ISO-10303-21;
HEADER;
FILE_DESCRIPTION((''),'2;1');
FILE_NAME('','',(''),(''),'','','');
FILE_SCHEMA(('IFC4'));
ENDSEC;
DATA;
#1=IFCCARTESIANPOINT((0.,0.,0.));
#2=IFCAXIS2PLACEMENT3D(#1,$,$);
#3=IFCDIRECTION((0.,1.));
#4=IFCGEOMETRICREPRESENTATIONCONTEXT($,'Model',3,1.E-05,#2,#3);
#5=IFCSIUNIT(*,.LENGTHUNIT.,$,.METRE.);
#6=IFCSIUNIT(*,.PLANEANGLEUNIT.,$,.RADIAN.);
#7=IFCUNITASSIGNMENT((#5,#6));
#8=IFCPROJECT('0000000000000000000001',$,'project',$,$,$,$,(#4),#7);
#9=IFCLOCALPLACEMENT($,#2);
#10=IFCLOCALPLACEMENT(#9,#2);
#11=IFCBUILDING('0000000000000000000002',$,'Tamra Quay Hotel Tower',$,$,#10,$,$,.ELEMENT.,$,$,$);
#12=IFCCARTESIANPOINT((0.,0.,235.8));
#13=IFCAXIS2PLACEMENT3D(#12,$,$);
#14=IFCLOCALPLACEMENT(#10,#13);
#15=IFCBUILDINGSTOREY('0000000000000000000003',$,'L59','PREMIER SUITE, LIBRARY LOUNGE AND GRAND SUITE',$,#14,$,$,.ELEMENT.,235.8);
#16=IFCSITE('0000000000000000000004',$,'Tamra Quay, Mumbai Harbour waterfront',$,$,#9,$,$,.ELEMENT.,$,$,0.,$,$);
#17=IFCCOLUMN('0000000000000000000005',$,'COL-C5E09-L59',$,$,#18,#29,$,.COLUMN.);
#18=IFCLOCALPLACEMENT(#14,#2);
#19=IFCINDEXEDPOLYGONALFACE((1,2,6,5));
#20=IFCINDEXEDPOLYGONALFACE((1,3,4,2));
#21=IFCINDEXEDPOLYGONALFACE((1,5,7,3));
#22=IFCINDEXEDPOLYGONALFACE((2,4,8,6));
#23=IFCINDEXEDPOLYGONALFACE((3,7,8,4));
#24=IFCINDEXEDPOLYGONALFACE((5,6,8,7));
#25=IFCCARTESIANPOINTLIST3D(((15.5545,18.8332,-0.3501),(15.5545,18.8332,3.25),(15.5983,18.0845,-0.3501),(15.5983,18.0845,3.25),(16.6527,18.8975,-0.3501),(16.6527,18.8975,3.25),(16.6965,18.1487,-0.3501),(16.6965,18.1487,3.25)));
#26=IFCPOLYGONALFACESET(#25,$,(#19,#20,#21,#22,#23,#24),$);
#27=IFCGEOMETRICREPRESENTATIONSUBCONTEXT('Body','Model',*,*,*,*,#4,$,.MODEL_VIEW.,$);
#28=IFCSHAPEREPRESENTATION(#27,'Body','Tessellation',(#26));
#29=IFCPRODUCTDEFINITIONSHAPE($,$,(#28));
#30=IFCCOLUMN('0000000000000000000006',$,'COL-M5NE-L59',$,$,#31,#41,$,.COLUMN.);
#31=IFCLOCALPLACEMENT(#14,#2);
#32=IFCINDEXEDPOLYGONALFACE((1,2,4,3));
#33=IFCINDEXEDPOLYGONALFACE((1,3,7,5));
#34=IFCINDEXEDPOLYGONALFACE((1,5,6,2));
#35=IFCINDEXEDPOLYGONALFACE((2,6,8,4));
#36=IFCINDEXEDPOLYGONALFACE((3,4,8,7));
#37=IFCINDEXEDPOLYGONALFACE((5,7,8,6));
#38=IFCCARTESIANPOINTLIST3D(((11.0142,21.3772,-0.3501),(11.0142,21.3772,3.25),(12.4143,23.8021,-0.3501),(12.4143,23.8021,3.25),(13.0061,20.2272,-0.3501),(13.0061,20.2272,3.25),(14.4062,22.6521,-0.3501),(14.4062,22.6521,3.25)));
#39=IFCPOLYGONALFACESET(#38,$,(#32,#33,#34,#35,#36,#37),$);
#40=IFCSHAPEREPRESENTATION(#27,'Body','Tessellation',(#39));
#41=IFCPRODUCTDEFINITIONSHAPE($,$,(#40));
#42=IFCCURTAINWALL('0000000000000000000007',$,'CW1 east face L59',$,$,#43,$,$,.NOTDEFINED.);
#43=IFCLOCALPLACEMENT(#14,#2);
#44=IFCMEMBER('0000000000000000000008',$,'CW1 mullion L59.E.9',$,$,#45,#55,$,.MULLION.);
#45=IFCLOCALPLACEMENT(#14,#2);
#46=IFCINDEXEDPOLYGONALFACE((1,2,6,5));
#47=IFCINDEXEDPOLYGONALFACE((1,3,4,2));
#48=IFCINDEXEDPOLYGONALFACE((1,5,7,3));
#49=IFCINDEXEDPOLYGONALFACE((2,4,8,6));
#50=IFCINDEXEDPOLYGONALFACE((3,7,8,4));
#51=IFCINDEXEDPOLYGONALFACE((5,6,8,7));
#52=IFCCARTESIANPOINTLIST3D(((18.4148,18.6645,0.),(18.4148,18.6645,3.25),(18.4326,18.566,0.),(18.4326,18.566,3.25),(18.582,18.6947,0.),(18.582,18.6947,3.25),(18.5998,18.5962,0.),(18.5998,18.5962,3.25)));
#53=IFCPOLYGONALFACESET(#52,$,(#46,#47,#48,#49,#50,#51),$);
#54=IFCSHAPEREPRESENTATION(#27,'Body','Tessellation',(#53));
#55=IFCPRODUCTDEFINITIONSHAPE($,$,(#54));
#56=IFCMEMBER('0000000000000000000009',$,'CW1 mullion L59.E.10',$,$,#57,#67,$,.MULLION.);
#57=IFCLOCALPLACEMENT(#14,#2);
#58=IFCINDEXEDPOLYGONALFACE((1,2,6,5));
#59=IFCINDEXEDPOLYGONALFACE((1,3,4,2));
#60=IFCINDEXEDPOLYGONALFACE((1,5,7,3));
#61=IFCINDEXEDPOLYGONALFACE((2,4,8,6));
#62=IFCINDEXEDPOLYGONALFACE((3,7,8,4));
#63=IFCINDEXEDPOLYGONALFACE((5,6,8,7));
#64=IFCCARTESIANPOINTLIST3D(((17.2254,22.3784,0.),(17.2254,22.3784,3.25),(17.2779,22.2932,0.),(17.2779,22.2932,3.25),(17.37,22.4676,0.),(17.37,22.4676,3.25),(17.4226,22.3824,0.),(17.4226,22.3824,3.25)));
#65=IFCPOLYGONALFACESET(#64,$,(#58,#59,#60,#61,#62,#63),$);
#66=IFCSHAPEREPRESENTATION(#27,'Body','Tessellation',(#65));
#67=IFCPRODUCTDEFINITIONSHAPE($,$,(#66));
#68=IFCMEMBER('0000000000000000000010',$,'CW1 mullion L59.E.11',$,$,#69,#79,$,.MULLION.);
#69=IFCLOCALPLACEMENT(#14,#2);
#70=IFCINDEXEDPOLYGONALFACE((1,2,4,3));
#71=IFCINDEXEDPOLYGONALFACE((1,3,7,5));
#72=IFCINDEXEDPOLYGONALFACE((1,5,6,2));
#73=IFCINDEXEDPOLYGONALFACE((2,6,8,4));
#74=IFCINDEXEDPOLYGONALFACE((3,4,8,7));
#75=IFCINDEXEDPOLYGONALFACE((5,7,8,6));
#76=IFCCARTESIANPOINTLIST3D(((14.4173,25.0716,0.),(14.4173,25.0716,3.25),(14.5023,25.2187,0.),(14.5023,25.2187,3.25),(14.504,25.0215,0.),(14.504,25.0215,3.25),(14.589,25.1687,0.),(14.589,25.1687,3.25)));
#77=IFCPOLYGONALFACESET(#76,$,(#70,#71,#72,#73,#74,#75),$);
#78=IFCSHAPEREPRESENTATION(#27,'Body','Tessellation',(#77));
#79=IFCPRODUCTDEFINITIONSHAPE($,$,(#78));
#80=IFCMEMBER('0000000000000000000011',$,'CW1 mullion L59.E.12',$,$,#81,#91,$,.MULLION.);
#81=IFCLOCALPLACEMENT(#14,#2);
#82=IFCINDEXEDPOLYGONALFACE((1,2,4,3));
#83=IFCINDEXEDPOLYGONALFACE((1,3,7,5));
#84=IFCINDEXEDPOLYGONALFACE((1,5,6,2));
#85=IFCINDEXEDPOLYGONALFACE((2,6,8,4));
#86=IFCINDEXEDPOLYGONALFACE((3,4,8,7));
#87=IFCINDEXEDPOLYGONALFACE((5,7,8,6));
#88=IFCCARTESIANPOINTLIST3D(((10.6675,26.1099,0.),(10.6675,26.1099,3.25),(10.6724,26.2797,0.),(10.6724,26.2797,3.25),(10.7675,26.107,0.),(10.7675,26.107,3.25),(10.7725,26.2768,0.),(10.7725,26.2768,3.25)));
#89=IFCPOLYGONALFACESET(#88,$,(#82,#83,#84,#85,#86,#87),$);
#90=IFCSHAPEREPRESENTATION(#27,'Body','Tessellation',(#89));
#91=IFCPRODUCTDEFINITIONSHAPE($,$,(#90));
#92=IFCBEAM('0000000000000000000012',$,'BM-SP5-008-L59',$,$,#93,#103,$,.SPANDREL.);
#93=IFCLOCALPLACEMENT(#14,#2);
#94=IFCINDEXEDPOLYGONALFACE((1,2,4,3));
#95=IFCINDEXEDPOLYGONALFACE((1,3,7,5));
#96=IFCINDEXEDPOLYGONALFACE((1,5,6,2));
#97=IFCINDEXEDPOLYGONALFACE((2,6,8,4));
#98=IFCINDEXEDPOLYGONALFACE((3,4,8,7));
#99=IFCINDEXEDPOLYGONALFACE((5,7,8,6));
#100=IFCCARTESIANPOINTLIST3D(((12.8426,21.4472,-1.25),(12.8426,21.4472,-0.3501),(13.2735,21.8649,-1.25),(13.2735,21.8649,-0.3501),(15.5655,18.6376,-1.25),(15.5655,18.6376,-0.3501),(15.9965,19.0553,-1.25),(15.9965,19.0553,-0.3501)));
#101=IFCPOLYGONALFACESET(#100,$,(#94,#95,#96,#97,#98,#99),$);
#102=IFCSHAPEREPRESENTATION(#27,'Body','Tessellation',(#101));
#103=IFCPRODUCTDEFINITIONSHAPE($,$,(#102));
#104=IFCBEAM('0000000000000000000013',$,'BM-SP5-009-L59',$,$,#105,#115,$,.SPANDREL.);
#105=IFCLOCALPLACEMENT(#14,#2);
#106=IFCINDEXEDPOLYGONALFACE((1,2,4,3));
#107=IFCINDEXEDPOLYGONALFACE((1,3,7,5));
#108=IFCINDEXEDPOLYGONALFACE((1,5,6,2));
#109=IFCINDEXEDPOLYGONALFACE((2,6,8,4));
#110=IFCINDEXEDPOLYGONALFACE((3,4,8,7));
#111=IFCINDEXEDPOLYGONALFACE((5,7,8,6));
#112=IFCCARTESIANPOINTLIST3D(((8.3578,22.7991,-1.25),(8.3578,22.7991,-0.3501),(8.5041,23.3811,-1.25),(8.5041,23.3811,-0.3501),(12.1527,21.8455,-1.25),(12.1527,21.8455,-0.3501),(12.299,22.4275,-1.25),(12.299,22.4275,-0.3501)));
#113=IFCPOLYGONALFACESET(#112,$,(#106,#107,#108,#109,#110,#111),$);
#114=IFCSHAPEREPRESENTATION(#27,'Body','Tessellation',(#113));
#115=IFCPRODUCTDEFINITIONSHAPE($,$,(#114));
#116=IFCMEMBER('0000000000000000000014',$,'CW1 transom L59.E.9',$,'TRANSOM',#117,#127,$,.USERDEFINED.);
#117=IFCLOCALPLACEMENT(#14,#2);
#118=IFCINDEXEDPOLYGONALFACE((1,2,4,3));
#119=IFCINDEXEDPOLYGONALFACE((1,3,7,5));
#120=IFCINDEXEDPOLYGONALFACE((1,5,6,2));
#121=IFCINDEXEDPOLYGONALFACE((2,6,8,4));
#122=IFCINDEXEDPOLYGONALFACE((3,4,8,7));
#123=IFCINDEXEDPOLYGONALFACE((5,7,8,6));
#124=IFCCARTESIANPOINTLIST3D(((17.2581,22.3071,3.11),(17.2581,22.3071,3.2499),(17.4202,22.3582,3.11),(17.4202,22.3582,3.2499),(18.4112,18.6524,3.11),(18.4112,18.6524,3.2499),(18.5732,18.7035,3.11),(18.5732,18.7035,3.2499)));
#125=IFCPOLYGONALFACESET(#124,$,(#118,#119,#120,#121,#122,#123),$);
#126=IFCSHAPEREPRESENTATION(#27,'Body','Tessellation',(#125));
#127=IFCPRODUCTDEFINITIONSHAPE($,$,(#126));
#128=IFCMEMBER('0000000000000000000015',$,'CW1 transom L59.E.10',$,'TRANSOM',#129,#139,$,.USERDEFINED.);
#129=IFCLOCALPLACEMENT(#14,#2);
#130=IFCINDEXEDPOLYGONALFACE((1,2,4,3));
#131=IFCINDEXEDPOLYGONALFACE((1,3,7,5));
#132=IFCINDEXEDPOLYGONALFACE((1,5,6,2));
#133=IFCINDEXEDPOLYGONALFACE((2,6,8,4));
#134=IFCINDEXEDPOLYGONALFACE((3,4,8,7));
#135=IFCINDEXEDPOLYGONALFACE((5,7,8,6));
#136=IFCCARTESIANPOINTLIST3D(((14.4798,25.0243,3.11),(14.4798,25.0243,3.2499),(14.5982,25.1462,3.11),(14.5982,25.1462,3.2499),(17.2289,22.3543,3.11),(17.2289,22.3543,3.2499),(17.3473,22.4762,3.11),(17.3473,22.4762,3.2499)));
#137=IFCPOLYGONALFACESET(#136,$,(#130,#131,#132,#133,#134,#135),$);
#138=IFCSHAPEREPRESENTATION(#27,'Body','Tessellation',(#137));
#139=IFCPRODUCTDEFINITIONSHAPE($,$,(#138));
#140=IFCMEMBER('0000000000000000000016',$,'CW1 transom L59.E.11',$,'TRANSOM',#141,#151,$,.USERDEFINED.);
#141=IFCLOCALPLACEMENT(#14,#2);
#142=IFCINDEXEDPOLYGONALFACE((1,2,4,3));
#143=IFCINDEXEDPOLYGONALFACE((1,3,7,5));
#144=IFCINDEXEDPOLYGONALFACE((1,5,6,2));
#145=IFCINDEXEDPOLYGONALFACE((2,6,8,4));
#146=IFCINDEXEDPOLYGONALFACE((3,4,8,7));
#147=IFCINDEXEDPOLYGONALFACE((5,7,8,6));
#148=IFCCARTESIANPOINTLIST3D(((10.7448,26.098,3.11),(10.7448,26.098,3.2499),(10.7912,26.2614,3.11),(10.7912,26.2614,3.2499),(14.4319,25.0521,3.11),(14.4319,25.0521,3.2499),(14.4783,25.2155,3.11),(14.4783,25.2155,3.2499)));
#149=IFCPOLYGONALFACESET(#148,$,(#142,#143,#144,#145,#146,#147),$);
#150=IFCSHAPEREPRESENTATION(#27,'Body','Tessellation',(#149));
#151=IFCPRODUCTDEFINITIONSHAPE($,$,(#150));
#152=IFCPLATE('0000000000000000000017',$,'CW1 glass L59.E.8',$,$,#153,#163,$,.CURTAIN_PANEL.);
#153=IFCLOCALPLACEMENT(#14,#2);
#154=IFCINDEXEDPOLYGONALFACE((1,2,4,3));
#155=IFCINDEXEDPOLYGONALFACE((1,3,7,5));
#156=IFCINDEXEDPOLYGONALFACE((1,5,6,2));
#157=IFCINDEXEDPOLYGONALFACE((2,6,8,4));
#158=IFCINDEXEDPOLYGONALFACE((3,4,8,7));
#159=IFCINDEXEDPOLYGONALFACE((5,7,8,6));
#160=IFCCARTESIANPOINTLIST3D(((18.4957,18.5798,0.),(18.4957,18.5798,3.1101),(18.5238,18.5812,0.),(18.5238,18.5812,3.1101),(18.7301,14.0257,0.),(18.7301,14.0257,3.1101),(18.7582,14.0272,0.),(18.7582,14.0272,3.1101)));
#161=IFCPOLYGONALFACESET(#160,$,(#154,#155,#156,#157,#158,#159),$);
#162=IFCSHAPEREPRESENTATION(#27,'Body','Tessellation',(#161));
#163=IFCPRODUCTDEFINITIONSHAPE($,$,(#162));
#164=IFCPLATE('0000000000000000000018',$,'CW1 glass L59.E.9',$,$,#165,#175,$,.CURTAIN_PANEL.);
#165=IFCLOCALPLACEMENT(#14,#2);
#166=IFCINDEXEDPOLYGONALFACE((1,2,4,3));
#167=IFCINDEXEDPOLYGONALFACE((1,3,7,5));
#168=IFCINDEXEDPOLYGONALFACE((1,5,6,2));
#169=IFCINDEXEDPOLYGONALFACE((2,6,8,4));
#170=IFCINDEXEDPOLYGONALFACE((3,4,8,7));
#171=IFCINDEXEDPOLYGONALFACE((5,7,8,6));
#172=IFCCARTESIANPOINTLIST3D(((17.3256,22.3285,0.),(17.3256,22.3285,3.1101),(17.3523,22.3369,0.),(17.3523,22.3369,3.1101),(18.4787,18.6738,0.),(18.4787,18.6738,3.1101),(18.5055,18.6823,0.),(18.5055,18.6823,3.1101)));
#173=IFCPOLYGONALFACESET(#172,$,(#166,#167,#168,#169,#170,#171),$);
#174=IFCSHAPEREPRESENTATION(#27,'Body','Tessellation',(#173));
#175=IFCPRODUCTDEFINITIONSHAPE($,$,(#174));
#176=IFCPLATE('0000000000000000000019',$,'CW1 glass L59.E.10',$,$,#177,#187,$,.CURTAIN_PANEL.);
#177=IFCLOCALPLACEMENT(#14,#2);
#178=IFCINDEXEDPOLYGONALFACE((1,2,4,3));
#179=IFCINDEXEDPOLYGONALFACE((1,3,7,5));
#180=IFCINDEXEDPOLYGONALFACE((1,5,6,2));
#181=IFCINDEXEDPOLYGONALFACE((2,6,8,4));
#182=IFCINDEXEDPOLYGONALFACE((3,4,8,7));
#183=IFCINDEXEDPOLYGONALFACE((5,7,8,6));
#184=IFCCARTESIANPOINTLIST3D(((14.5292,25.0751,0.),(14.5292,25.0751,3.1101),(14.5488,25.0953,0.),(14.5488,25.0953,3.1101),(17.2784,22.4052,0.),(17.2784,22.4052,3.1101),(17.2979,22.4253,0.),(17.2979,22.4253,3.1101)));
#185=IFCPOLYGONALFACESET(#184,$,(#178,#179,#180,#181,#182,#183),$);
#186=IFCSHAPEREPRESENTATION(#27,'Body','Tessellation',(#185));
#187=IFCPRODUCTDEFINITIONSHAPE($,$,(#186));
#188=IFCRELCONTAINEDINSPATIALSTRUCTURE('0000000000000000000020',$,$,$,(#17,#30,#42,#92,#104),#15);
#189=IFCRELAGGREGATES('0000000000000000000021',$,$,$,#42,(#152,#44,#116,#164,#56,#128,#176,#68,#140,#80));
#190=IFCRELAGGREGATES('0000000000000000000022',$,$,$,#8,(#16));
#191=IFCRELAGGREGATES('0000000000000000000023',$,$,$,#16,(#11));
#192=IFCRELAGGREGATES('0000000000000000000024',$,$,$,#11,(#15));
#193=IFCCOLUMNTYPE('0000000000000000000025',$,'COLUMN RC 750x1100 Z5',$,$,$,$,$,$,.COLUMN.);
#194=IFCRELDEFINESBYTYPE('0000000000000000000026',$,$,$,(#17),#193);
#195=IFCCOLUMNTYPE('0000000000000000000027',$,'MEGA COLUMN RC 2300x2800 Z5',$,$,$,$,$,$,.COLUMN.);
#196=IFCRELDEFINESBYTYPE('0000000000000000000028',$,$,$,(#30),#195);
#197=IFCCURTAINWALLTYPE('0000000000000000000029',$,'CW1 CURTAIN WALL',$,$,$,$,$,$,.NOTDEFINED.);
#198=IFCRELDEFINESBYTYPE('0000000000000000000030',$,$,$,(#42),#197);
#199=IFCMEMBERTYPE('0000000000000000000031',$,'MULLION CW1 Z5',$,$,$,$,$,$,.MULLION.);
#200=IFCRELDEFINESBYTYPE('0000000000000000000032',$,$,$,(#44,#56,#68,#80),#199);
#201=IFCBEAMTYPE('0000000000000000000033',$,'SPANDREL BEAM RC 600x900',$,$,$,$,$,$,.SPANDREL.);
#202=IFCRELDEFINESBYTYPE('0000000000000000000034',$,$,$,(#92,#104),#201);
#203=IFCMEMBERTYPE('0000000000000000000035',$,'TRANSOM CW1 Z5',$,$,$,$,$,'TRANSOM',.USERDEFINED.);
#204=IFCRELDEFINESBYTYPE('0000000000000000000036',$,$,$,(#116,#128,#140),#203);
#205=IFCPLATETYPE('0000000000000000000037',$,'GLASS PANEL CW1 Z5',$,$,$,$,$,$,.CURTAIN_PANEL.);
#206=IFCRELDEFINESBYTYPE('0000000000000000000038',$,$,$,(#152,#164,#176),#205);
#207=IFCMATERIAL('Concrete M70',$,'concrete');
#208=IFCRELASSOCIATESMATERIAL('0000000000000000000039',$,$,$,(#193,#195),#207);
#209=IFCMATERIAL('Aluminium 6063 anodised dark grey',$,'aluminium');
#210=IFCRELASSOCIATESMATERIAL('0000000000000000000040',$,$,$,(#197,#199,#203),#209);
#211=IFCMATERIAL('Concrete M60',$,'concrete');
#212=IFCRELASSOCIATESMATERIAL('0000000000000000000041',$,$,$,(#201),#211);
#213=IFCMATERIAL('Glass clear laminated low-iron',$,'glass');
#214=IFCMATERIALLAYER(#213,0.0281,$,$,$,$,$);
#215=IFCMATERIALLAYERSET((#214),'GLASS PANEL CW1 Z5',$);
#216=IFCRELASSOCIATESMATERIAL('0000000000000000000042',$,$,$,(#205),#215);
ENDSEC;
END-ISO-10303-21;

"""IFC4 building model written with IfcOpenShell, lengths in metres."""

from ifc_helpers import new_model, si_unit, direction, frame, origin, origin_2d, place, context, subcontext, project, spatial, rectangle, extrude, material, layer, layer_set, material_profile, profile_set, type_object, element, aggregate, save


model = new_model("IFC4")

# Units and contexts
model_context = context("Model", 3, precision=1e-05, world=origin(), true_north=direction((0.0, 1.0)))
body_context = subcontext(model_context, "Body", "Model", "MODEL_VIEW")
ifc_project = project(units=[si_unit("LENGTHUNIT", "METRE"), si_unit("PLANEANGLEUNIT", "RADIAN")], contexts=[model_context])

# Site, building, storey
site_placement = place(None, origin())
site = spatial("IfcSite", under=ifc_project, at=site_placement, Name="Tamra Quay, Mumbai Harbour waterfront", CompositionType="ELEMENT", RefElevation=0.0)
building_placement = place(site_placement, origin())
building = spatial("IfcBuilding", under=site, at=building_placement, Name="Tamra Quay Hotel Tower", CompositionType="ELEMENT")
storey_placement = place(building_placement, frame((0.0, 0.0, 235.8)))
storey = spatial("IfcBuildingStorey", under=building, at=storey_placement, Name="L59", Description="PREMIER SUITE, LIBRARY LOUNGE AND GRAND SUITE", CompositionType="ELEMENT", Elevation=235.8)

# Columns
ifc_material_1 = material(Name="Concrete M70", Category="concrete")
ifc_material_profile_1 = material_profile(ifc_material_1, rectangle(XDim=1.1001, YDim=0.75, at=origin_2d()), Name="COLUMN RC 750x1100 Z5")
ifc_profile_set_1 = profile_set([ifc_material_profile_1], Name="Concrete M70")
column_type_1 = type_object("IfcColumnType", Name="COLUMN RC 750x1100 Z5", PredefinedType="COLUMN", material=ifc_profile_set_1)
column_1_placement = place(storey_placement, frame((16.1255, 18.491, -0.3501), z_axis=(0.0, 0.0, 1.0), x_axis=(0.998292, 0.05842, 0.0)))
element("IfcColumn", 1, at=column_1_placement, inside=storey, type_object=column_type_1, Name="COL-C5E09-L59", PredefinedType="COLUMN", context=body_context, shape_type="SweptSolid", body=[
    extrude(rectangle(XDim=1.1001, YDim=0.75, at=origin_2d()), origin(), (0.0, 0.0, 1.0), 3.6001),
])
ifc_material_profile_2 = material_profile(ifc_material_1, rectangle(XDim=2.8, YDim=2.3, at=origin_2d()), Name="MEGA COLUMN RC 2300x2800 Z5")
ifc_profile_set_2 = profile_set([ifc_material_profile_2], Name="Concrete M70")
column_type_2 = type_object("IfcColumnType", Name="MEGA COLUMN RC 2300x2800 Z5", PredefinedType="COLUMN", material=ifc_profile_set_2)
column_2_placement = place(storey_placement, frame((12.7102, 22.0146, -0.3501), z_axis=(0.0, 0.0, 1.0), x_axis=(0.5, 0.866025, 0.0)))
element("IfcColumn", 2, at=column_2_placement, inside=storey, type_object=column_type_2, Name="COL-M5NE-L59", PredefinedType="COLUMN", context=body_context, shape_type="SweptSolid", body=[
    extrude(rectangle(XDim=2.8, YDim=2.3, at=origin_2d()), origin(), (0.0, 0.0, 1.0), 3.6001),
])

# Curtain wall, members
ifc_material_2 = material(Name="Aluminium 6063 anodised dark grey", Category="aluminium")
curtain_wall_type = type_object("IfcCurtainWallType", Name="CW1 CURTAIN WALL", PredefinedType="NOTDEFINED", material=ifc_material_2)
curtain_wall_placement = place(storey_placement, origin())
curtain_wall = element("IfcCurtainWall", 3, at=curtain_wall_placement, inside=storey, type_object=curtain_wall_type, Name="CW1 east face L59", PredefinedType="NOTDEFINED")
ifc_material_profile_3 = material_profile(ifc_material_2, rectangle(XDim=0.1699, YDim=0.1001, at=origin_2d()), Name="MULLION 100X170")
ifc_profile_set_3 = profile_set([ifc_material_profile_3], Name="Aluminium 6063 anodised dark grey")
member_type_1 = type_object("IfcMemberType", Name="MULLION CW1 Z5", PredefinedType="MULLION", material=ifc_profile_set_3)
member_1_placement = place(storey_placement, frame((18.5073, 18.6304, 0.0), z_axis=(0.0, 0.0, 1.0), x_axis=(0.984105, 0.177586, 0.0)))
member_1 = element("IfcMember", 4, at=member_1_placement, type_object=member_type_1, Name="CW1 mullion L59.E.9", PredefinedType="MULLION", context=body_context, shape_type="SweptSolid", body=[
    extrude(rectangle(XDim=0.1699, YDim=0.1001, at=origin_2d()), origin(), (0.0, 0.0, 1.0), 3.25),
])
member_2_placement = place(storey_placement, frame((17.324, 22.3804, 0.0), z_axis=(0.0, 0.0, 1.0), x_axis=(0.851044, 0.525094, 0.0)))
member_2 = element("IfcMember", 5, at=member_2_placement, type_object=member_type_1, Name="CW1 mullion L59.E.10", PredefinedType="MULLION", context=body_context, shape_type="SweptSolid", body=[
    extrude(rectangle(XDim=0.1699, YDim=0.1001, at=origin_2d()), origin(), (0.0, 0.0, 1.0), 3.25),
])
member_3_placement = place(storey_placement, frame((14.5032, 25.1201, 0.0), z_axis=(0.0, 0.0, 1.0), x_axis=(0.5, 0.866025, 0.0)))
member_3 = element("IfcMember", 6, at=member_3_placement, type_object=member_type_1, Name="CW1 mullion L59.E.11", PredefinedType="MULLION", context=body_context, shape_type="SweptSolid", body=[
    extrude(rectangle(XDim=0.1699, YDim=0.1001, at=origin_2d()), origin(), (0.0, 0.0, 1.0), 3.25),
])
member_4_placement = place(storey_placement, frame((10.72, 26.1934, 0.0), z_axis=(0.0, 0.0, 1.0), x_axis=(0.029223, 0.999573, 0.0)))
member_4 = element("IfcMember", 7, at=member_4_placement, type_object=member_type_1, Name="CW1 mullion L59.E.12", PredefinedType="MULLION", context=body_context, shape_type="SweptSolid", body=[
    extrude(rectangle(XDim=0.1699, YDim=0.1001, at=origin_2d()), origin(), (0.0, 0.0, 1.0), 3.25),
])

# Beams
ifc_material_3 = material(Name="Concrete M60", Category="concrete")
ifc_material_profile_4 = material_profile(ifc_material_3, rectangle(XDim=0.6001, YDim=0.8999, at=origin_2d()), Name="SPANDREL BEAM RC 600x900")
ifc_profile_set_4 = profile_set([ifc_material_profile_4], Name="Concrete M60")
beam_type = type_object("IfcBeamType", Name="SPANDREL BEAM RC 600x900", PredefinedType="SPANDREL", material=ifc_profile_set_4)
beam_1_placement = place(storey_placement, frame((15.781, 18.8464, -0.8), z_axis=(-0.695944, 0.718096, 0.0), x_axis=(-0.718096, -0.695944, 0.0)))
element("IfcBeam", 8, at=beam_1_placement, inside=storey, type_object=beam_type, Name="BM-SP5-008-L59", PredefinedType="SPANDREL", context=body_context, shape_type="SweptSolid", body=[
    extrude(rectangle(XDim=0.6001, YDim=0.8999, at=origin_2d()), origin(), (0.0, 0.0, 1.0), 3.9126),
])
beam_2_placement = place(storey_placement, frame((12.2258, 22.1365, -0.8), z_axis=(-0.969848, 0.24371, 0.0), x_axis=(-0.24371, -0.969848, 0.0)))
element("IfcBeam", 9, at=beam_2_placement, inside=storey, type_object=beam_type, Name="BM-SP5-009-L59", PredefinedType="SPANDREL", context=body_context, shape_type="SweptSolid", body=[
    extrude(rectangle(XDim=0.6001, YDim=0.8999, at=origin_2d()), origin(), (0.0, 0.0, 1.0), 3.9128),
])

# Members
ifc_material_profile_5 = material_profile(ifc_material_2, rectangle(XDim=0.1699, YDim=0.1399, at=origin_2d()), Name="TRANSOM 170X140")
ifc_profile_set_5 = profile_set([ifc_material_profile_5], Name="Aluminium 6063 anodised dark grey")
member_type_2 = type_object("IfcMemberType", Name="TRANSOM CW1 Z5", ElementType="TRANSOM", PredefinedType="USERDEFINED", material=ifc_profile_set_5)
member_5_placement = place(storey_placement, frame((18.4922, 18.678, 3.1799), z_axis=(-0.300878, 0.953663, 0.0), x_axis=(-0.953663, -0.300878, 0.0)))
member_5 = element("IfcMember", 10, at=member_5_placement, type_object=member_type_2, Name="CW1 transom L59.E.9", ObjectType="TRANSOM", PredefinedType="USERDEFINED", context=body_context, shape_type="SweptSolid", body=[
    extrude(rectangle(XDim=0.1699, YDim=0.1399, at=origin_2d()), origin(), (0.0, 0.0, 1.0), 3.8323),
])
member_6_placement = place(storey_placement, frame((17.2881, 22.4153, 3.1799), z_axis=(-0.717352, 0.696711, 0.0), x_axis=(-0.696711, -0.717352, 0.0)))
member_6 = element("IfcMember", 11, at=member_6_placement, type_object=member_type_2, Name="CW1 transom L59.E.10", ObjectType="TRANSOM", PredefinedType="USERDEFINED", context=body_context, shape_type="SweptSolid", body=[
    extrude(rectangle(XDim=0.1699, YDim=0.1399, at=origin_2d()), origin(), (0.0, 0.0, 1.0), 3.8323),
])
member_7_placement = place(storey_placement, frame((14.4551, 25.1338, 3.1799), z_axis=(-0.962041, 0.272903, 0.0), x_axis=(-0.272903, -0.962041, 0.0)))
member_7 = element("IfcMember", 12, at=member_7_placement, type_object=member_type_2, Name="CW1 transom L59.E.11", ObjectType="TRANSOM", PredefinedType="USERDEFINED", context=body_context, shape_type="SweptSolid", body=[
    extrude(rectangle(XDim=0.1699, YDim=0.1399, at=origin_2d()), origin(), (0.0, 0.0, 1.0), 3.8325),
])

# Plates
ifc_material_4 = material(Name="Glass clear laminated low-iron", Category="glass")
ifc_layer_1 = layer(ifc_material_4, 0.0281)
ifc_layer_set_1 = layer_set([ifc_layer_1], Name="GLASS PANEL CW1 Z5")
plate_type = type_object("IfcPlateType", Name="GLASS PANEL CW1 Z5", PredefinedType="CURTAIN_PANEL", material=ifc_layer_set_1)
plate_1_placement = place(storey_placement, frame((18.627, 16.3035, 0.0), z_axis=(0.0, 0.0, 1.0), x_axis=(-0.051403, 0.998678, 0.0)))
plate_1 = element("IfcPlate", 13, at=plate_1_placement, type_object=plate_type, Name="CW1 glass L59.E.8", PredefinedType="CURTAIN_PANEL", context=body_context, shape_type="SweptSolid", body=[
    extrude(rectangle(XDim=4.5601, YDim=0.0281, at=origin_2d()), origin(), (0.0, 0.0, 1.0), 3.1101),
])
plate_2_placement = place(storey_placement, frame((17.9155, 20.5054, 0.0), z_axis=(0.0, 0.0, 1.0), x_axis=(-0.300903, 0.953655, 0.0)))
plate_2 = element("IfcPlate", 14, at=plate_2_placement, type_object=plate_type, Name="CW1 glass L59.E.9", PredefinedType="CURTAIN_PANEL", context=body_context, shape_type="SweptSolid", body=[
    extrude(rectangle(XDim=3.8323, YDim=0.0281, at=origin_2d()), origin(), (0.0, 0.0, 1.0), 3.1101),
])
plate_3_placement = place(storey_placement, frame((15.9136, 23.7502, 0.0), z_axis=(0.0, 0.0, 1.0), x_axis=(-0.717364, 0.696698, 0.0)))
plate_3 = element("IfcPlate", 15, at=plate_3_placement, type_object=plate_type, Name="CW1 glass L59.E.10", PredefinedType="CURTAIN_PANEL", context=body_context, shape_type="SweptSolid", body=[
    extrude(rectangle(XDim=3.8323, YDim=0.0281, at=origin_2d()), origin(), (0.0, 0.0, 1.0), 3.1101),
])
aggregate(curtain_wall, [plate_1, member_1, member_5, plate_2, member_2, member_6, plate_3, member_3, member_7, member_4])

save(model, "model.ifc")
